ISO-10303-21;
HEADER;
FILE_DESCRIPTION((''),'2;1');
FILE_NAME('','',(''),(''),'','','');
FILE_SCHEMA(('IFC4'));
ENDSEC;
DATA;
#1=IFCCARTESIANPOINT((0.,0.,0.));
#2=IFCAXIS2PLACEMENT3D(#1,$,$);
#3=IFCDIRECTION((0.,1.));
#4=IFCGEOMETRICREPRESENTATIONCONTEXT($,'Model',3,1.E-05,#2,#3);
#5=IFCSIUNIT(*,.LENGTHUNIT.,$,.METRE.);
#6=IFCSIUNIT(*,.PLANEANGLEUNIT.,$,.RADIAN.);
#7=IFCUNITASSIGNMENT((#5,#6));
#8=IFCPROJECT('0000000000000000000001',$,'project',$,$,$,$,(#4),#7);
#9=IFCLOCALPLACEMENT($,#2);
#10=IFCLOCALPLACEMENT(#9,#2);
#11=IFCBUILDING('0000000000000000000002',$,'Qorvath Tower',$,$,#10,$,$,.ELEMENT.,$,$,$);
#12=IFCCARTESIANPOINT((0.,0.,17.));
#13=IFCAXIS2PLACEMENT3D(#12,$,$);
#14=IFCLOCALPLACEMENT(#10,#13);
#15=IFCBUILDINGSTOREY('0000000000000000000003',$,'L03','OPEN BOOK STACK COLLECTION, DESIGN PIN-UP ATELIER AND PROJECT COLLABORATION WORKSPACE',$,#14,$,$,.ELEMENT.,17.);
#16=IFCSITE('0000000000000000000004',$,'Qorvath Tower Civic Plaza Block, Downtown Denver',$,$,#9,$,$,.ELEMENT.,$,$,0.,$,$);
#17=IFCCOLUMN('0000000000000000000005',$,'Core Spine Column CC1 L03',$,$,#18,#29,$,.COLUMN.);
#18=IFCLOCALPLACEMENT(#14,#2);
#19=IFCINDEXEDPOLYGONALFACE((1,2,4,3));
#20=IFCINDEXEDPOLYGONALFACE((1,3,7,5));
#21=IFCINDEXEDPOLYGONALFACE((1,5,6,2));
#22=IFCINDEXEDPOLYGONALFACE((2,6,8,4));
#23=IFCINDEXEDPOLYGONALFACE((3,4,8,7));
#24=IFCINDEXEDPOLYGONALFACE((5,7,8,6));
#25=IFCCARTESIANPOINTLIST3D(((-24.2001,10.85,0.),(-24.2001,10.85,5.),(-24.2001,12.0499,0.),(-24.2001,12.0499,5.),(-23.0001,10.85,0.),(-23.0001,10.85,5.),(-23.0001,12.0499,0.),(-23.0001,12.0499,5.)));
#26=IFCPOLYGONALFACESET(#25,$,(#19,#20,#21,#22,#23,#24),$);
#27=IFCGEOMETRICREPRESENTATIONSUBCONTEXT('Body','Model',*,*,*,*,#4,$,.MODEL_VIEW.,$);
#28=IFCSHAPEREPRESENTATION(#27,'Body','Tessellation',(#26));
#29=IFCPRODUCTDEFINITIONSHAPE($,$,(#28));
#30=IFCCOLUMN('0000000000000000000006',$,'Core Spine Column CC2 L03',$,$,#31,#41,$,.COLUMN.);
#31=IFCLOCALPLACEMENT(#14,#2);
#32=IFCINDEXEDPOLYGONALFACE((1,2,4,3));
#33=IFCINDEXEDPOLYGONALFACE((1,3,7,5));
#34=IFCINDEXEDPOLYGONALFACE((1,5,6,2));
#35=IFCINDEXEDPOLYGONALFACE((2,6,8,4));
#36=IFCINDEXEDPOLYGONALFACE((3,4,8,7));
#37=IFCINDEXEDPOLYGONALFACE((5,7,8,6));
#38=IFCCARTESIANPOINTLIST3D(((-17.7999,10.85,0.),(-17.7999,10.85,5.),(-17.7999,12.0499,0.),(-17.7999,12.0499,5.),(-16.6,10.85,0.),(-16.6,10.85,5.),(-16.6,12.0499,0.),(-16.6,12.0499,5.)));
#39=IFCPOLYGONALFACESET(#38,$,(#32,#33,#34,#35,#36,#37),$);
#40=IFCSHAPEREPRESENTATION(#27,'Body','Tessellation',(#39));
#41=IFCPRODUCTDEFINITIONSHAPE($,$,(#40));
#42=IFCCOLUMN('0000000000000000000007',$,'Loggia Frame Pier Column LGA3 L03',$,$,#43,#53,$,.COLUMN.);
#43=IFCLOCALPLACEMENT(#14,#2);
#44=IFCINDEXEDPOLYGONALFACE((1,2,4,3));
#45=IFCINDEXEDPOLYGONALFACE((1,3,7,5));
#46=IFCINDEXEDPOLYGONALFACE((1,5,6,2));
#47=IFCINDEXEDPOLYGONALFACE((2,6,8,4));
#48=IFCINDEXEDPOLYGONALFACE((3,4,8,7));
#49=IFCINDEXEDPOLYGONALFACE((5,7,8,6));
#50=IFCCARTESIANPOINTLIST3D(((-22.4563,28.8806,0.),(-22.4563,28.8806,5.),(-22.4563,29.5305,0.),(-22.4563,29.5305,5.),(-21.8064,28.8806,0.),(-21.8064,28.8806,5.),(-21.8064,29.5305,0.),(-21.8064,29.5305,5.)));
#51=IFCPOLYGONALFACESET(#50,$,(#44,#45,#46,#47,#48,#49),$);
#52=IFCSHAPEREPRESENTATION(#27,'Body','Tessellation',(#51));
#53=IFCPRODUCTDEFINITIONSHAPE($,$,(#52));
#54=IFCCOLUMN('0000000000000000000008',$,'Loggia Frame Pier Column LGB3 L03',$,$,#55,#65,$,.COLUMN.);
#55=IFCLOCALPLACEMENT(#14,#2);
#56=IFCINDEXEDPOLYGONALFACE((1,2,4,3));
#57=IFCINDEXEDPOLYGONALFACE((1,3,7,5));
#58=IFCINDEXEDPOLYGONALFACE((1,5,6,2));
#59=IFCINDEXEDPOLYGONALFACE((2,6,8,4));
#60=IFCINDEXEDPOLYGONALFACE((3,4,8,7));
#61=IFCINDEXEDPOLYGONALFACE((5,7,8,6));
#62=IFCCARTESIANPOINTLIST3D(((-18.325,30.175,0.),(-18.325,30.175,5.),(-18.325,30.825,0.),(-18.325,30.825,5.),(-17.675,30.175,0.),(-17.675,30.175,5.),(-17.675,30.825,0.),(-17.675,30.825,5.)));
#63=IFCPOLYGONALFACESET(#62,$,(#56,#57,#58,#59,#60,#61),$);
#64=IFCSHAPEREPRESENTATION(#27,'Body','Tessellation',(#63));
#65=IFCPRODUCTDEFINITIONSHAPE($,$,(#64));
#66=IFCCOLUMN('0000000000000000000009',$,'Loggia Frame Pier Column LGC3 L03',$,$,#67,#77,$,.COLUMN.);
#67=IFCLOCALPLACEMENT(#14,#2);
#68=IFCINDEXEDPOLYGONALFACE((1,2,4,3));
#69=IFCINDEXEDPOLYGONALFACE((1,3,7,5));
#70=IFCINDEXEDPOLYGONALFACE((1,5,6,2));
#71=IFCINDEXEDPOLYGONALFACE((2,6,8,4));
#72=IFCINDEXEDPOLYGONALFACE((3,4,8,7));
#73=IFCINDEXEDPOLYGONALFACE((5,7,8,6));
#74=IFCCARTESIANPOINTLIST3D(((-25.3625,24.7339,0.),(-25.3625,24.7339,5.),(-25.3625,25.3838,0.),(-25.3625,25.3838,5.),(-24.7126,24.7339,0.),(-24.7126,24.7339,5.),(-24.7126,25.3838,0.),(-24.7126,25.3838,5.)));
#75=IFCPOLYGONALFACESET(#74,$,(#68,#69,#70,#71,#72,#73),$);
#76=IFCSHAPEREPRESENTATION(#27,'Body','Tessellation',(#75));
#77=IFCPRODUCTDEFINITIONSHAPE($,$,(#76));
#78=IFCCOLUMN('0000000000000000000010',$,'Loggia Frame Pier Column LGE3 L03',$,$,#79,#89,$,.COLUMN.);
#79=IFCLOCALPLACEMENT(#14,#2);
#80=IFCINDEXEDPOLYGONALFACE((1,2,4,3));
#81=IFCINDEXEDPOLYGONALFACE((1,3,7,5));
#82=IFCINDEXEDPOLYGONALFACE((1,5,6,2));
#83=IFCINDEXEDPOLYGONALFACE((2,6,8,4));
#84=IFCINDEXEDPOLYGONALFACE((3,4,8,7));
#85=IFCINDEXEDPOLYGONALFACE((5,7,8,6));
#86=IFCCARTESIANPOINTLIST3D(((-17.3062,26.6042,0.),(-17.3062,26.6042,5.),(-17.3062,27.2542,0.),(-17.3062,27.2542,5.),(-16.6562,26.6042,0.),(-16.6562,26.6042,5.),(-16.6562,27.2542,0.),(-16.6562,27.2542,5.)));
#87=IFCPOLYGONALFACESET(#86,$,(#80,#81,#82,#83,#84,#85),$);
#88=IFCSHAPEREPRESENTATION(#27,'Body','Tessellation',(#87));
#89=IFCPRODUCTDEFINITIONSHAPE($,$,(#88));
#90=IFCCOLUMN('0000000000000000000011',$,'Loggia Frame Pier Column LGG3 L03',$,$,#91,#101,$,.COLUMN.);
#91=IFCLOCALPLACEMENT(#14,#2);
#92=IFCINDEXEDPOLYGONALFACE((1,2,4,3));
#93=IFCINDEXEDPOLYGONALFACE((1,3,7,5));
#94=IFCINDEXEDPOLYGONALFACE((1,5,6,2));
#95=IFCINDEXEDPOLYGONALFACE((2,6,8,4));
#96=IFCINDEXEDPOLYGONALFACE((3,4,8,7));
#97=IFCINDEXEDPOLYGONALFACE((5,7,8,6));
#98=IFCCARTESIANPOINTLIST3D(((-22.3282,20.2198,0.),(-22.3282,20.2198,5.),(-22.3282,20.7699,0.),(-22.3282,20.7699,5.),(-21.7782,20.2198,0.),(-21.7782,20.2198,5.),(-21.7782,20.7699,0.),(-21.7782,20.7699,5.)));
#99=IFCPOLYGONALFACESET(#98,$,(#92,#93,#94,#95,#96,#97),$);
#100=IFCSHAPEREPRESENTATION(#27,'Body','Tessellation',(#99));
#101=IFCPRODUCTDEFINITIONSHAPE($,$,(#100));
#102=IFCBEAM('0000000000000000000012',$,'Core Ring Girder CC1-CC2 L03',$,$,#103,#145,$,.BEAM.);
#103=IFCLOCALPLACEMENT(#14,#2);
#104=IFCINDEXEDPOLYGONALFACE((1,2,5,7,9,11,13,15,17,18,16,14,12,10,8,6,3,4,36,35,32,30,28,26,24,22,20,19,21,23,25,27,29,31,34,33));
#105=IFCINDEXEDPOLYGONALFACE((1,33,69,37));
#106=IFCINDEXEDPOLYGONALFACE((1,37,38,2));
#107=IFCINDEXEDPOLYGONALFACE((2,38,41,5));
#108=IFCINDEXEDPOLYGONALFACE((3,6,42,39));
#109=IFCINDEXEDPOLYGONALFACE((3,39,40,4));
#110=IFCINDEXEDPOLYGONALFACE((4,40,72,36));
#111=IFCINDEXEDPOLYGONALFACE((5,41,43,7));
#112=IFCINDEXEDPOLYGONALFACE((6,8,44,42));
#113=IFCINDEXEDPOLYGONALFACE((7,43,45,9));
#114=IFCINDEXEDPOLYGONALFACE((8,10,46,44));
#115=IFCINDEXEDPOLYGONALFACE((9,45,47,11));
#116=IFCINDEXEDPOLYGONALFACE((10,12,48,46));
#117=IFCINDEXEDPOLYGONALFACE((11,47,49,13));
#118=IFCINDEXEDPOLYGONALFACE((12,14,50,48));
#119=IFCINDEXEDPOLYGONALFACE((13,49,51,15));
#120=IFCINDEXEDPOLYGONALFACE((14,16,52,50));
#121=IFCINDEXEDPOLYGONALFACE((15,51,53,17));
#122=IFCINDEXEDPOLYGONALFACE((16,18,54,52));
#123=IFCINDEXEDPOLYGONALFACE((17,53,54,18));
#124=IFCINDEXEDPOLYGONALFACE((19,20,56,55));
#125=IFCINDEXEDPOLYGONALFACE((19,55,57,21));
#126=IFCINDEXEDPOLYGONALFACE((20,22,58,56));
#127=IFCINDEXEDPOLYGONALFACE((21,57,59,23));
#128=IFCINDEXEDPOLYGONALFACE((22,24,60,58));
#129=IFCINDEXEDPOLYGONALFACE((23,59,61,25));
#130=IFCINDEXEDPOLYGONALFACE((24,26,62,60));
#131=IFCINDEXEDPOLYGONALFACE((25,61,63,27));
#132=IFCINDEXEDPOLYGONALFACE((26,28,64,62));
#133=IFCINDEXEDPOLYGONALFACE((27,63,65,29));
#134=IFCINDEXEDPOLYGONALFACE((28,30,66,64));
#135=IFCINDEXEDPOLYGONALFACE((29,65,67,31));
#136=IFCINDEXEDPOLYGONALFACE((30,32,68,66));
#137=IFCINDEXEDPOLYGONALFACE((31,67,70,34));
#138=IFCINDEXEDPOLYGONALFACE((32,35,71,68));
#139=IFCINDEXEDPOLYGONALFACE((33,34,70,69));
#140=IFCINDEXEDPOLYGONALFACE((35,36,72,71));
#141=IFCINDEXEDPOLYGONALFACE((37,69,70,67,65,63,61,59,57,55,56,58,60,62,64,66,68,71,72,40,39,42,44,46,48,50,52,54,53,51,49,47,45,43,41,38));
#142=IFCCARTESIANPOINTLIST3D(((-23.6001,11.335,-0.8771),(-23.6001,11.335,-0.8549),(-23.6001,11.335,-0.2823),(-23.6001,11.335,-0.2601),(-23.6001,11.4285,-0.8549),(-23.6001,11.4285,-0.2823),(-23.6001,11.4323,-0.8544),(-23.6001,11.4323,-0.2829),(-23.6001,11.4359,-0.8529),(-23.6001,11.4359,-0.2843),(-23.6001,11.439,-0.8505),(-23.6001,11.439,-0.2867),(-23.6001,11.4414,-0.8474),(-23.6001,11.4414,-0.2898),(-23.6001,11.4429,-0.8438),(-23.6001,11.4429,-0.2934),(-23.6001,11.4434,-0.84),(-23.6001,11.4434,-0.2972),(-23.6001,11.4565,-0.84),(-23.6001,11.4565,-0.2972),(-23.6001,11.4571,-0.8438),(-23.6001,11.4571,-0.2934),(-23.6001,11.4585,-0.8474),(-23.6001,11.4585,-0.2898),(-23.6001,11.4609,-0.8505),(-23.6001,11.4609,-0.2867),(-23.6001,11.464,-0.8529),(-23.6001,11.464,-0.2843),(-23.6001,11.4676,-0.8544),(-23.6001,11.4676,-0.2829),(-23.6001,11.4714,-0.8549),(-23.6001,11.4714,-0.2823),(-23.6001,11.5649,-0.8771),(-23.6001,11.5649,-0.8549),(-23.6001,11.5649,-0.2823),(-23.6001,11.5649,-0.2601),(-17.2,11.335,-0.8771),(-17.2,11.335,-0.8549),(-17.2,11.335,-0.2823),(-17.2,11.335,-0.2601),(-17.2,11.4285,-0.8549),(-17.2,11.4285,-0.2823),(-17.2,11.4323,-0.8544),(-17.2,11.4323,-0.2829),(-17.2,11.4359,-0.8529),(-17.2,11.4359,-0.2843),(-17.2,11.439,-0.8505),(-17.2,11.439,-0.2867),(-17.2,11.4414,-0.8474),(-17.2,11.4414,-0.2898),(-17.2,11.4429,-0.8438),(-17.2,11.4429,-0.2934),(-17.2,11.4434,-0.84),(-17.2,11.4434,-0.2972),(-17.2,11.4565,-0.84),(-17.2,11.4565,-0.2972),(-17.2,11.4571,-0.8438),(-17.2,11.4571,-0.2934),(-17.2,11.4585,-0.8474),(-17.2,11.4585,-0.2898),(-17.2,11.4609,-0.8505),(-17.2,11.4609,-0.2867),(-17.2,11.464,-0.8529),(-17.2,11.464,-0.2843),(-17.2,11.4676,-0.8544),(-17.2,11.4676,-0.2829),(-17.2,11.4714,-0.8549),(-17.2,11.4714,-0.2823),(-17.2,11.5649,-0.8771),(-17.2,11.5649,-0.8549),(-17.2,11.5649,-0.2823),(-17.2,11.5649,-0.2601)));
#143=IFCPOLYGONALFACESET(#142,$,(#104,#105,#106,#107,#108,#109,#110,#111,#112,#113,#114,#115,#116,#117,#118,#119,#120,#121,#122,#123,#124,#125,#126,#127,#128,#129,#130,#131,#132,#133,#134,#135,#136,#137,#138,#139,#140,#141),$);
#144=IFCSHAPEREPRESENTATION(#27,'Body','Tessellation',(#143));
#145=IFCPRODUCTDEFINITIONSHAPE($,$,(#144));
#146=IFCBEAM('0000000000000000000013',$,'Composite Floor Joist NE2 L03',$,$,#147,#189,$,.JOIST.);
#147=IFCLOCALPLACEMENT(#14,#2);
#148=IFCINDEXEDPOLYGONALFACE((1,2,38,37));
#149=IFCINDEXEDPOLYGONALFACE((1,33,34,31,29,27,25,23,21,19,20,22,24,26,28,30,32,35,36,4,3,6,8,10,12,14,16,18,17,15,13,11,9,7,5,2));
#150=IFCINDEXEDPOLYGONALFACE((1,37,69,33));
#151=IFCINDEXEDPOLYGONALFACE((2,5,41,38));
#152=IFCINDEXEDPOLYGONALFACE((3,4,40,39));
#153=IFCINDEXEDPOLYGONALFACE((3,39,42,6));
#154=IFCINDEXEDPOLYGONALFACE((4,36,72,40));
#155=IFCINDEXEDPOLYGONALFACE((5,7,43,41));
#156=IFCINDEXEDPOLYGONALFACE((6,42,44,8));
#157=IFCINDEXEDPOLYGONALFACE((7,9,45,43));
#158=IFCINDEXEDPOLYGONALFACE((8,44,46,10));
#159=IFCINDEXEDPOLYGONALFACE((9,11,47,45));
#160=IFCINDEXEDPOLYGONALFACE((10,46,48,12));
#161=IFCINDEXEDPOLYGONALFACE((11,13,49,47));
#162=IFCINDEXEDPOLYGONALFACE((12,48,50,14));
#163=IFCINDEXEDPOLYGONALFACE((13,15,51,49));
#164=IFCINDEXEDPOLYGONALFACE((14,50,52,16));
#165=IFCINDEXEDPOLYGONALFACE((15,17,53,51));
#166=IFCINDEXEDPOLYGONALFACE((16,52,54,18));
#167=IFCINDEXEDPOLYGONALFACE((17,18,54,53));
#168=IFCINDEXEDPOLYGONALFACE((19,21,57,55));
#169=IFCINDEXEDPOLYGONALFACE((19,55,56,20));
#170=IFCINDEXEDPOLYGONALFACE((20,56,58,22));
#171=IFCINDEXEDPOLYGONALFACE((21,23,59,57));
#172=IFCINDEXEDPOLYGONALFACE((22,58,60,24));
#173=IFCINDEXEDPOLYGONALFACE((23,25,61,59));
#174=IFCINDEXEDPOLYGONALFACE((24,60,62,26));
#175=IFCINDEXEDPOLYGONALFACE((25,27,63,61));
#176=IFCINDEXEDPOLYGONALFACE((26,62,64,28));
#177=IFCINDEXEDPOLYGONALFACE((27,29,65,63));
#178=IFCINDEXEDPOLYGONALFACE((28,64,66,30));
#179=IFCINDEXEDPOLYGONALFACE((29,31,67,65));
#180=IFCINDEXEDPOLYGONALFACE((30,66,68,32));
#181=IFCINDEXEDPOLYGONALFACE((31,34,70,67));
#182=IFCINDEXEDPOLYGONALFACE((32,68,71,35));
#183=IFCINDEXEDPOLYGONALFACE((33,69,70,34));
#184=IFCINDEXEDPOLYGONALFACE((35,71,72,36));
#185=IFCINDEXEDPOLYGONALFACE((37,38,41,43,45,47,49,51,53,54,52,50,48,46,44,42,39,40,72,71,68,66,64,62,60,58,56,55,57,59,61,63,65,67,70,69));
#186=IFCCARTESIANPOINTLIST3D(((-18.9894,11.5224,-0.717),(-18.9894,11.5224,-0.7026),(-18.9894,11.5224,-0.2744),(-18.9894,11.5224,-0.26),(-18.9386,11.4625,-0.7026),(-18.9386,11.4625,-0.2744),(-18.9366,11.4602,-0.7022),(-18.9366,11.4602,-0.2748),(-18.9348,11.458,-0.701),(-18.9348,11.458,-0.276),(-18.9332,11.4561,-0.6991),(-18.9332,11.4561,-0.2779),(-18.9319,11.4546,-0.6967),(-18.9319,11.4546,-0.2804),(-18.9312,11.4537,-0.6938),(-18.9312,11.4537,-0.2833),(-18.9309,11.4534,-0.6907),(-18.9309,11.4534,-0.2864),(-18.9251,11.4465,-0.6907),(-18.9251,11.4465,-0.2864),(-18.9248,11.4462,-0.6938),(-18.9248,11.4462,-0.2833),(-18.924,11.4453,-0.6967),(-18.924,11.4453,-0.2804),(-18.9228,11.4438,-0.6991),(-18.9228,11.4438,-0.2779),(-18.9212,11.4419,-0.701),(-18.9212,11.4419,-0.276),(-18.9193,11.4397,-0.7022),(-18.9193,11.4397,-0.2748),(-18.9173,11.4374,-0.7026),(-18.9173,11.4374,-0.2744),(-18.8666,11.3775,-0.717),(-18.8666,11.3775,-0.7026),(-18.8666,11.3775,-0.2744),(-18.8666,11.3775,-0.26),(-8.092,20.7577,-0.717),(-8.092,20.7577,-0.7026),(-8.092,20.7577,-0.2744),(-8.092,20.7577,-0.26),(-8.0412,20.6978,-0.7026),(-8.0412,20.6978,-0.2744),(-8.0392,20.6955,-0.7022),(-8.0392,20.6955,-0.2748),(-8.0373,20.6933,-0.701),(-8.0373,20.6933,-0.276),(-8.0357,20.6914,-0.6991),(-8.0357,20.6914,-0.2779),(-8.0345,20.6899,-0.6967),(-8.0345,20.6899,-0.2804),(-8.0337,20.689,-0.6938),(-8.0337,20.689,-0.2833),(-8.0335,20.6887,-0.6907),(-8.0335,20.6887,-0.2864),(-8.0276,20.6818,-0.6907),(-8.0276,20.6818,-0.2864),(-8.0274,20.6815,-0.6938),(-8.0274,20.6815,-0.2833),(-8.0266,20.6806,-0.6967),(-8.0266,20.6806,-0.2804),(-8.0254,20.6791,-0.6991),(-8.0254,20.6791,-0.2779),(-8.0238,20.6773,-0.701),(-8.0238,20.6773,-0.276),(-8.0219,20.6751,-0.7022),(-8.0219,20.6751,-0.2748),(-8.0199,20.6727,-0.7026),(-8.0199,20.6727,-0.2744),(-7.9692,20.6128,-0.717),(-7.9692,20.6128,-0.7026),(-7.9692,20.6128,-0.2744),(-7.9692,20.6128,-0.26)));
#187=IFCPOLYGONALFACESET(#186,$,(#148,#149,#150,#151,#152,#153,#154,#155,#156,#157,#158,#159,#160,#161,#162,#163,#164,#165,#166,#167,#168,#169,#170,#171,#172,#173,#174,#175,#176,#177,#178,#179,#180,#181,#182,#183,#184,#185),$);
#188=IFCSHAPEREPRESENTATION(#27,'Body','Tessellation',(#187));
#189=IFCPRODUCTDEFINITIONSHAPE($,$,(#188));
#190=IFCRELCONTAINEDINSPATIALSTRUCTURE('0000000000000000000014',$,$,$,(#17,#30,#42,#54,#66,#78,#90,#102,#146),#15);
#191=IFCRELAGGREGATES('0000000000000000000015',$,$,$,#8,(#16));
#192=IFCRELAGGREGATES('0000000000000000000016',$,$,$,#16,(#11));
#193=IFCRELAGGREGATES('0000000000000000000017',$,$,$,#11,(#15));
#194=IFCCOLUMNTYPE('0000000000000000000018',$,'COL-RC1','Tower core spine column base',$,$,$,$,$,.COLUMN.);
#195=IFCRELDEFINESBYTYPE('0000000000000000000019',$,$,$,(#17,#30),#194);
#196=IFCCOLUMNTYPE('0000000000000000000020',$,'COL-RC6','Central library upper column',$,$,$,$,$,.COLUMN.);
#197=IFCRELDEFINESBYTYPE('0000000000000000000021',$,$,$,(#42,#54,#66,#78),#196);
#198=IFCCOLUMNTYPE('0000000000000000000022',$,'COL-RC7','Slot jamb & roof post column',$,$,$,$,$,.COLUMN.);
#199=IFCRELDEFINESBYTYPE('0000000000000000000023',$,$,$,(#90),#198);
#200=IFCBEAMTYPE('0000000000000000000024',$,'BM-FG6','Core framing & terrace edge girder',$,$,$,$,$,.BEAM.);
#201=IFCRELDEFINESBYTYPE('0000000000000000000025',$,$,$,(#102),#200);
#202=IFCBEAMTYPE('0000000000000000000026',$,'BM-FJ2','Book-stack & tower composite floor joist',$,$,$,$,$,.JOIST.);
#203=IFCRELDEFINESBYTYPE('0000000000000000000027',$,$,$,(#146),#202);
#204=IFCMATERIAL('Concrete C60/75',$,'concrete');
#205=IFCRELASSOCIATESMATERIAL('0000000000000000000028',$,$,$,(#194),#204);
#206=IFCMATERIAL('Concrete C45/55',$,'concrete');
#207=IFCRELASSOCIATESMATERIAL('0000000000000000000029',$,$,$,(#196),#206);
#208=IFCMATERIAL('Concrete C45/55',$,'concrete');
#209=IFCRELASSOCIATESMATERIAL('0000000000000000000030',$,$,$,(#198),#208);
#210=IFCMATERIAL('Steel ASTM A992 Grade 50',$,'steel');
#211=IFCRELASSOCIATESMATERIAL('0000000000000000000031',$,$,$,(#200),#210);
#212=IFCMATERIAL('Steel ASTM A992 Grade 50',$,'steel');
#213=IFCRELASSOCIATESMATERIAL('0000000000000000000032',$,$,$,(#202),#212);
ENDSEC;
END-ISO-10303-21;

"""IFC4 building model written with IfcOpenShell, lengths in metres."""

from ifc_helpers import new_model, si_unit, direction, frame, origin, origin_2d, place, context, subcontext, project, spatial, rectangle, i_section, extrude, material, material_profile, profile_set, type_object, element, save


model = new_model("IFC4")

# Units and contexts
model_context = context("Model", 3, precision=1e-05, world=origin(), true_north=direction((0.0, 1.0)))
body_context = subcontext(model_context, "Body", "Model", "MODEL_VIEW")
ifc_project = project(units=[si_unit("LENGTHUNIT", "METRE"), si_unit("PLANEANGLEUNIT", "RADIAN")], contexts=[model_context])

# Site, building, storey
site_placement = place(None, origin())
site = spatial("IfcSite", under=ifc_project, at=site_placement, Name="Qorvath Tower Civic Plaza Block, Downtown Denver", CompositionType="ELEMENT", RefElevation=0.0)
building_placement = place(site_placement, origin())
building = spatial("IfcBuilding", under=site, at=building_placement, Name="Qorvath Tower", CompositionType="ELEMENT")
storey_placement = place(building_placement, frame((0.0, 0.0, 17.0)))
storey = spatial("IfcBuildingStorey", under=building, at=storey_placement, Name="L03", Description="OPEN BOOK STACK COLLECTION, DESIGN PIN-UP ATELIER AND PROJECT COLLABORATION WORKSPACE", CompositionType="ELEMENT", Elevation=17.0)

# Columns
ifc_material_1 = material(Name="Concrete C60/75", Category="concrete")
ifc_material_profile_1 = material_profile(ifc_material_1, rectangle(XDim=1.2, YDim=1.2, at=origin_2d()), Name="RC 1200x1200")
ifc_profile_set_1 = profile_set([ifc_material_profile_1], Name="Concrete C60/75")
column_type_1 = type_object("IfcColumnType", Name="COL-RC1", Description="Tower core spine column base", PredefinedType="COLUMN", material=ifc_profile_set_1)
for number, where, z_axis, x_axis, name in (
    (1, (-23.6001, 11.45, 0.0), (0.0, 0.0, 1.0), (1.0, 0.0, 0.0), "Core Spine Column CC1 L03"),
    (2, (-17.2, 11.45, 0.0), (0.0, 0.0, 1.0), (1.0, 0.0, 0.0), "Core Spine Column CC2 L03"),
):
    element("IfcColumn", number, at=place(storey_placement, frame(where, z_axis=z_axis, x_axis=x_axis)), inside=storey, type_object=column_type_1, Name=name, PredefinedType="COLUMN", context=body_context, shape_type="SweptSolid", body=[
        extrude(rectangle(XDim=1.2, YDim=1.2, at=origin_2d()), origin(), (0.0, 0.0, 1.0), 5.0),
    ])
ifc_material_2 = material(Name="Concrete C45/55", Category="concrete")
ifc_material_profile_2 = material_profile(ifc_material_2, rectangle(XDim=0.6499, YDim=0.6499, at=origin_2d()), Name="RC 650x650")
ifc_profile_set_2 = profile_set([ifc_material_profile_2], Name="Concrete C45/55")
column_type_2 = type_object("IfcColumnType", Name="COL-RC6", Description="Central library upper column", PredefinedType="COLUMN", material=ifc_profile_set_2)
for number, where, z_axis, x_axis, name in (
    (3, (-22.1313, 29.2056, 0.0), (0.0, 0.0, 1.0), (1.0, 0.0, 0.0), "Loggia Frame Pier Column LGA3 L03"),
    (4, (-18.0, 30.5, 0.0), (0.0, 0.0, 1.0), (1.0, 0.0, 0.0), "Loggia Frame Pier Column LGB3 L03"),
    (5, (-25.0376, 25.0588, 0.0), (0.0, 0.0, 1.0), (1.0, 0.0, 0.0), "Loggia Frame Pier Column LGC3 L03"),
    (6, (-16.9812, 26.9292, 0.0), (0.0, 0.0, 1.0), (1.0, 0.0, 0.0), "Loggia Frame Pier Column LGE3 L03"),
):
    element("IfcColumn", number, at=place(storey_placement, frame(where, z_axis=z_axis, x_axis=x_axis)), inside=storey, type_object=column_type_2, Name=name, PredefinedType="COLUMN", context=body_context, shape_type="SweptSolid", body=[
        extrude(rectangle(XDim=0.6499, YDim=0.6499, at=origin_2d()), origin(), (0.0, 0.0, 1.0), 5.0),
    ])
ifc_material_3 = material(Name="Concrete C45/55", Category="concrete")
ifc_material_profile_3 = material_profile(ifc_material_3, rectangle(XDim=0.55, YDim=0.55, at=origin_2d()), Name="RC 550x550")
ifc_profile_set_3 = profile_set([ifc_material_profile_3], Name="Concrete C45/55")
column_type_3 = type_object("IfcColumnType", Name="COL-RC7", Description="Slot jamb & roof post column", PredefinedType="COLUMN", material=ifc_profile_set_3)
column_placement = place(storey_placement, frame((-22.0532, 20.4949, 0.0), z_axis=(0.0, 0.0, 1.0), x_axis=(1.0, 0.0, 0.0)))
element("IfcColumn", 7, at=column_placement, inside=storey, type_object=column_type_3, Name="Loggia Frame Pier Column LGG3 L03", PredefinedType="COLUMN", context=body_context, shape_type="SweptSolid", body=[
    extrude(rectangle(XDim=0.55, YDim=0.55, at=origin_2d()), origin(), (0.0, 0.0, 1.0), 5.0),
])

# Beams
ifc_material_4 = material(Name="Steel ASTM A992 Grade 50", Category="steel")
ifc_material_profile_4 = material_profile(ifc_material_4, i_section(OverallWidth=0.23, OverallDepth=0.6169, WebThickness=0.0132, FlangeThickness=0.0222, FilletRadius=0.0149, at=origin_2d()), Name="W24x94")
ifc_profile_set_4 = profile_set([ifc_material_profile_4], Name="Steel ASTM A992 Grade 50")
beam_type_1 = type_object("IfcBeamType", Name="BM-FG6", Description="Core framing & terrace edge girder", PredefinedType="BEAM", material=ifc_profile_set_4)
beam_1_placement = place(storey_placement, frame((-23.6001, 11.45, -0.5686), z_axis=(1.0, 0.0, 0.0), x_axis=(0.0, 1.0, 0.0)))
element("IfcBeam", 8, at=beam_1_placement, inside=storey, type_object=beam_type_1, Name="Core Ring Girder CC1-CC2 L03", PredefinedType="BEAM", context=body_context, shape_type="SweptSolid", body=[
    extrude(i_section(OverallWidth=0.23, OverallDepth=0.6169, WebThickness=0.0132, FlangeThickness=0.0222, FilletRadius=0.0149, at=origin_2d()), origin(), (0.0, 0.0, 1.0), 6.4001),
])
ifc_material_5 = material(Name="Steel ASTM A992 Grade 50", Category="steel")
ifc_material_profile_5 = material_profile(ifc_material_5, i_section(OverallWidth=0.1899, OverallDepth=0.457, WebThickness=0.009, FlangeThickness=0.0144, FilletRadius=0.012, at=origin_2d()), Name="W18x50")
ifc_profile_set_5 = profile_set([ifc_material_profile_5], Name="Steel ASTM A992 Grade 50")
beam_type_2 = type_object("IfcBeamType", Name="BM-FJ2", Description="Book-stack & tower composite floor joist", PredefinedType="JOIST", material=ifc_profile_set_5)
beam_2_placement = place(storey_placement, frame((-18.928, 11.45, -0.4885), z_axis=(0.762888, 0.64653, 0.0), x_axis=(-0.64653, 0.762888, 0.0)))
element("IfcBeam", 9, at=beam_2_placement, inside=storey, type_object=beam_type_2, Name="Composite Floor Joist NE2 L03", PredefinedType="JOIST", context=body_context, shape_type="SweptSolid", body=[
    extrude(i_section(OverallWidth=0.1899, OverallDepth=0.457, WebThickness=0.009, FlangeThickness=0.0144, FilletRadius=0.012, at=origin_2d()), origin(), (0.0, 0.0, 1.0), 14.2844),
])

save(model, "model.ifc")
